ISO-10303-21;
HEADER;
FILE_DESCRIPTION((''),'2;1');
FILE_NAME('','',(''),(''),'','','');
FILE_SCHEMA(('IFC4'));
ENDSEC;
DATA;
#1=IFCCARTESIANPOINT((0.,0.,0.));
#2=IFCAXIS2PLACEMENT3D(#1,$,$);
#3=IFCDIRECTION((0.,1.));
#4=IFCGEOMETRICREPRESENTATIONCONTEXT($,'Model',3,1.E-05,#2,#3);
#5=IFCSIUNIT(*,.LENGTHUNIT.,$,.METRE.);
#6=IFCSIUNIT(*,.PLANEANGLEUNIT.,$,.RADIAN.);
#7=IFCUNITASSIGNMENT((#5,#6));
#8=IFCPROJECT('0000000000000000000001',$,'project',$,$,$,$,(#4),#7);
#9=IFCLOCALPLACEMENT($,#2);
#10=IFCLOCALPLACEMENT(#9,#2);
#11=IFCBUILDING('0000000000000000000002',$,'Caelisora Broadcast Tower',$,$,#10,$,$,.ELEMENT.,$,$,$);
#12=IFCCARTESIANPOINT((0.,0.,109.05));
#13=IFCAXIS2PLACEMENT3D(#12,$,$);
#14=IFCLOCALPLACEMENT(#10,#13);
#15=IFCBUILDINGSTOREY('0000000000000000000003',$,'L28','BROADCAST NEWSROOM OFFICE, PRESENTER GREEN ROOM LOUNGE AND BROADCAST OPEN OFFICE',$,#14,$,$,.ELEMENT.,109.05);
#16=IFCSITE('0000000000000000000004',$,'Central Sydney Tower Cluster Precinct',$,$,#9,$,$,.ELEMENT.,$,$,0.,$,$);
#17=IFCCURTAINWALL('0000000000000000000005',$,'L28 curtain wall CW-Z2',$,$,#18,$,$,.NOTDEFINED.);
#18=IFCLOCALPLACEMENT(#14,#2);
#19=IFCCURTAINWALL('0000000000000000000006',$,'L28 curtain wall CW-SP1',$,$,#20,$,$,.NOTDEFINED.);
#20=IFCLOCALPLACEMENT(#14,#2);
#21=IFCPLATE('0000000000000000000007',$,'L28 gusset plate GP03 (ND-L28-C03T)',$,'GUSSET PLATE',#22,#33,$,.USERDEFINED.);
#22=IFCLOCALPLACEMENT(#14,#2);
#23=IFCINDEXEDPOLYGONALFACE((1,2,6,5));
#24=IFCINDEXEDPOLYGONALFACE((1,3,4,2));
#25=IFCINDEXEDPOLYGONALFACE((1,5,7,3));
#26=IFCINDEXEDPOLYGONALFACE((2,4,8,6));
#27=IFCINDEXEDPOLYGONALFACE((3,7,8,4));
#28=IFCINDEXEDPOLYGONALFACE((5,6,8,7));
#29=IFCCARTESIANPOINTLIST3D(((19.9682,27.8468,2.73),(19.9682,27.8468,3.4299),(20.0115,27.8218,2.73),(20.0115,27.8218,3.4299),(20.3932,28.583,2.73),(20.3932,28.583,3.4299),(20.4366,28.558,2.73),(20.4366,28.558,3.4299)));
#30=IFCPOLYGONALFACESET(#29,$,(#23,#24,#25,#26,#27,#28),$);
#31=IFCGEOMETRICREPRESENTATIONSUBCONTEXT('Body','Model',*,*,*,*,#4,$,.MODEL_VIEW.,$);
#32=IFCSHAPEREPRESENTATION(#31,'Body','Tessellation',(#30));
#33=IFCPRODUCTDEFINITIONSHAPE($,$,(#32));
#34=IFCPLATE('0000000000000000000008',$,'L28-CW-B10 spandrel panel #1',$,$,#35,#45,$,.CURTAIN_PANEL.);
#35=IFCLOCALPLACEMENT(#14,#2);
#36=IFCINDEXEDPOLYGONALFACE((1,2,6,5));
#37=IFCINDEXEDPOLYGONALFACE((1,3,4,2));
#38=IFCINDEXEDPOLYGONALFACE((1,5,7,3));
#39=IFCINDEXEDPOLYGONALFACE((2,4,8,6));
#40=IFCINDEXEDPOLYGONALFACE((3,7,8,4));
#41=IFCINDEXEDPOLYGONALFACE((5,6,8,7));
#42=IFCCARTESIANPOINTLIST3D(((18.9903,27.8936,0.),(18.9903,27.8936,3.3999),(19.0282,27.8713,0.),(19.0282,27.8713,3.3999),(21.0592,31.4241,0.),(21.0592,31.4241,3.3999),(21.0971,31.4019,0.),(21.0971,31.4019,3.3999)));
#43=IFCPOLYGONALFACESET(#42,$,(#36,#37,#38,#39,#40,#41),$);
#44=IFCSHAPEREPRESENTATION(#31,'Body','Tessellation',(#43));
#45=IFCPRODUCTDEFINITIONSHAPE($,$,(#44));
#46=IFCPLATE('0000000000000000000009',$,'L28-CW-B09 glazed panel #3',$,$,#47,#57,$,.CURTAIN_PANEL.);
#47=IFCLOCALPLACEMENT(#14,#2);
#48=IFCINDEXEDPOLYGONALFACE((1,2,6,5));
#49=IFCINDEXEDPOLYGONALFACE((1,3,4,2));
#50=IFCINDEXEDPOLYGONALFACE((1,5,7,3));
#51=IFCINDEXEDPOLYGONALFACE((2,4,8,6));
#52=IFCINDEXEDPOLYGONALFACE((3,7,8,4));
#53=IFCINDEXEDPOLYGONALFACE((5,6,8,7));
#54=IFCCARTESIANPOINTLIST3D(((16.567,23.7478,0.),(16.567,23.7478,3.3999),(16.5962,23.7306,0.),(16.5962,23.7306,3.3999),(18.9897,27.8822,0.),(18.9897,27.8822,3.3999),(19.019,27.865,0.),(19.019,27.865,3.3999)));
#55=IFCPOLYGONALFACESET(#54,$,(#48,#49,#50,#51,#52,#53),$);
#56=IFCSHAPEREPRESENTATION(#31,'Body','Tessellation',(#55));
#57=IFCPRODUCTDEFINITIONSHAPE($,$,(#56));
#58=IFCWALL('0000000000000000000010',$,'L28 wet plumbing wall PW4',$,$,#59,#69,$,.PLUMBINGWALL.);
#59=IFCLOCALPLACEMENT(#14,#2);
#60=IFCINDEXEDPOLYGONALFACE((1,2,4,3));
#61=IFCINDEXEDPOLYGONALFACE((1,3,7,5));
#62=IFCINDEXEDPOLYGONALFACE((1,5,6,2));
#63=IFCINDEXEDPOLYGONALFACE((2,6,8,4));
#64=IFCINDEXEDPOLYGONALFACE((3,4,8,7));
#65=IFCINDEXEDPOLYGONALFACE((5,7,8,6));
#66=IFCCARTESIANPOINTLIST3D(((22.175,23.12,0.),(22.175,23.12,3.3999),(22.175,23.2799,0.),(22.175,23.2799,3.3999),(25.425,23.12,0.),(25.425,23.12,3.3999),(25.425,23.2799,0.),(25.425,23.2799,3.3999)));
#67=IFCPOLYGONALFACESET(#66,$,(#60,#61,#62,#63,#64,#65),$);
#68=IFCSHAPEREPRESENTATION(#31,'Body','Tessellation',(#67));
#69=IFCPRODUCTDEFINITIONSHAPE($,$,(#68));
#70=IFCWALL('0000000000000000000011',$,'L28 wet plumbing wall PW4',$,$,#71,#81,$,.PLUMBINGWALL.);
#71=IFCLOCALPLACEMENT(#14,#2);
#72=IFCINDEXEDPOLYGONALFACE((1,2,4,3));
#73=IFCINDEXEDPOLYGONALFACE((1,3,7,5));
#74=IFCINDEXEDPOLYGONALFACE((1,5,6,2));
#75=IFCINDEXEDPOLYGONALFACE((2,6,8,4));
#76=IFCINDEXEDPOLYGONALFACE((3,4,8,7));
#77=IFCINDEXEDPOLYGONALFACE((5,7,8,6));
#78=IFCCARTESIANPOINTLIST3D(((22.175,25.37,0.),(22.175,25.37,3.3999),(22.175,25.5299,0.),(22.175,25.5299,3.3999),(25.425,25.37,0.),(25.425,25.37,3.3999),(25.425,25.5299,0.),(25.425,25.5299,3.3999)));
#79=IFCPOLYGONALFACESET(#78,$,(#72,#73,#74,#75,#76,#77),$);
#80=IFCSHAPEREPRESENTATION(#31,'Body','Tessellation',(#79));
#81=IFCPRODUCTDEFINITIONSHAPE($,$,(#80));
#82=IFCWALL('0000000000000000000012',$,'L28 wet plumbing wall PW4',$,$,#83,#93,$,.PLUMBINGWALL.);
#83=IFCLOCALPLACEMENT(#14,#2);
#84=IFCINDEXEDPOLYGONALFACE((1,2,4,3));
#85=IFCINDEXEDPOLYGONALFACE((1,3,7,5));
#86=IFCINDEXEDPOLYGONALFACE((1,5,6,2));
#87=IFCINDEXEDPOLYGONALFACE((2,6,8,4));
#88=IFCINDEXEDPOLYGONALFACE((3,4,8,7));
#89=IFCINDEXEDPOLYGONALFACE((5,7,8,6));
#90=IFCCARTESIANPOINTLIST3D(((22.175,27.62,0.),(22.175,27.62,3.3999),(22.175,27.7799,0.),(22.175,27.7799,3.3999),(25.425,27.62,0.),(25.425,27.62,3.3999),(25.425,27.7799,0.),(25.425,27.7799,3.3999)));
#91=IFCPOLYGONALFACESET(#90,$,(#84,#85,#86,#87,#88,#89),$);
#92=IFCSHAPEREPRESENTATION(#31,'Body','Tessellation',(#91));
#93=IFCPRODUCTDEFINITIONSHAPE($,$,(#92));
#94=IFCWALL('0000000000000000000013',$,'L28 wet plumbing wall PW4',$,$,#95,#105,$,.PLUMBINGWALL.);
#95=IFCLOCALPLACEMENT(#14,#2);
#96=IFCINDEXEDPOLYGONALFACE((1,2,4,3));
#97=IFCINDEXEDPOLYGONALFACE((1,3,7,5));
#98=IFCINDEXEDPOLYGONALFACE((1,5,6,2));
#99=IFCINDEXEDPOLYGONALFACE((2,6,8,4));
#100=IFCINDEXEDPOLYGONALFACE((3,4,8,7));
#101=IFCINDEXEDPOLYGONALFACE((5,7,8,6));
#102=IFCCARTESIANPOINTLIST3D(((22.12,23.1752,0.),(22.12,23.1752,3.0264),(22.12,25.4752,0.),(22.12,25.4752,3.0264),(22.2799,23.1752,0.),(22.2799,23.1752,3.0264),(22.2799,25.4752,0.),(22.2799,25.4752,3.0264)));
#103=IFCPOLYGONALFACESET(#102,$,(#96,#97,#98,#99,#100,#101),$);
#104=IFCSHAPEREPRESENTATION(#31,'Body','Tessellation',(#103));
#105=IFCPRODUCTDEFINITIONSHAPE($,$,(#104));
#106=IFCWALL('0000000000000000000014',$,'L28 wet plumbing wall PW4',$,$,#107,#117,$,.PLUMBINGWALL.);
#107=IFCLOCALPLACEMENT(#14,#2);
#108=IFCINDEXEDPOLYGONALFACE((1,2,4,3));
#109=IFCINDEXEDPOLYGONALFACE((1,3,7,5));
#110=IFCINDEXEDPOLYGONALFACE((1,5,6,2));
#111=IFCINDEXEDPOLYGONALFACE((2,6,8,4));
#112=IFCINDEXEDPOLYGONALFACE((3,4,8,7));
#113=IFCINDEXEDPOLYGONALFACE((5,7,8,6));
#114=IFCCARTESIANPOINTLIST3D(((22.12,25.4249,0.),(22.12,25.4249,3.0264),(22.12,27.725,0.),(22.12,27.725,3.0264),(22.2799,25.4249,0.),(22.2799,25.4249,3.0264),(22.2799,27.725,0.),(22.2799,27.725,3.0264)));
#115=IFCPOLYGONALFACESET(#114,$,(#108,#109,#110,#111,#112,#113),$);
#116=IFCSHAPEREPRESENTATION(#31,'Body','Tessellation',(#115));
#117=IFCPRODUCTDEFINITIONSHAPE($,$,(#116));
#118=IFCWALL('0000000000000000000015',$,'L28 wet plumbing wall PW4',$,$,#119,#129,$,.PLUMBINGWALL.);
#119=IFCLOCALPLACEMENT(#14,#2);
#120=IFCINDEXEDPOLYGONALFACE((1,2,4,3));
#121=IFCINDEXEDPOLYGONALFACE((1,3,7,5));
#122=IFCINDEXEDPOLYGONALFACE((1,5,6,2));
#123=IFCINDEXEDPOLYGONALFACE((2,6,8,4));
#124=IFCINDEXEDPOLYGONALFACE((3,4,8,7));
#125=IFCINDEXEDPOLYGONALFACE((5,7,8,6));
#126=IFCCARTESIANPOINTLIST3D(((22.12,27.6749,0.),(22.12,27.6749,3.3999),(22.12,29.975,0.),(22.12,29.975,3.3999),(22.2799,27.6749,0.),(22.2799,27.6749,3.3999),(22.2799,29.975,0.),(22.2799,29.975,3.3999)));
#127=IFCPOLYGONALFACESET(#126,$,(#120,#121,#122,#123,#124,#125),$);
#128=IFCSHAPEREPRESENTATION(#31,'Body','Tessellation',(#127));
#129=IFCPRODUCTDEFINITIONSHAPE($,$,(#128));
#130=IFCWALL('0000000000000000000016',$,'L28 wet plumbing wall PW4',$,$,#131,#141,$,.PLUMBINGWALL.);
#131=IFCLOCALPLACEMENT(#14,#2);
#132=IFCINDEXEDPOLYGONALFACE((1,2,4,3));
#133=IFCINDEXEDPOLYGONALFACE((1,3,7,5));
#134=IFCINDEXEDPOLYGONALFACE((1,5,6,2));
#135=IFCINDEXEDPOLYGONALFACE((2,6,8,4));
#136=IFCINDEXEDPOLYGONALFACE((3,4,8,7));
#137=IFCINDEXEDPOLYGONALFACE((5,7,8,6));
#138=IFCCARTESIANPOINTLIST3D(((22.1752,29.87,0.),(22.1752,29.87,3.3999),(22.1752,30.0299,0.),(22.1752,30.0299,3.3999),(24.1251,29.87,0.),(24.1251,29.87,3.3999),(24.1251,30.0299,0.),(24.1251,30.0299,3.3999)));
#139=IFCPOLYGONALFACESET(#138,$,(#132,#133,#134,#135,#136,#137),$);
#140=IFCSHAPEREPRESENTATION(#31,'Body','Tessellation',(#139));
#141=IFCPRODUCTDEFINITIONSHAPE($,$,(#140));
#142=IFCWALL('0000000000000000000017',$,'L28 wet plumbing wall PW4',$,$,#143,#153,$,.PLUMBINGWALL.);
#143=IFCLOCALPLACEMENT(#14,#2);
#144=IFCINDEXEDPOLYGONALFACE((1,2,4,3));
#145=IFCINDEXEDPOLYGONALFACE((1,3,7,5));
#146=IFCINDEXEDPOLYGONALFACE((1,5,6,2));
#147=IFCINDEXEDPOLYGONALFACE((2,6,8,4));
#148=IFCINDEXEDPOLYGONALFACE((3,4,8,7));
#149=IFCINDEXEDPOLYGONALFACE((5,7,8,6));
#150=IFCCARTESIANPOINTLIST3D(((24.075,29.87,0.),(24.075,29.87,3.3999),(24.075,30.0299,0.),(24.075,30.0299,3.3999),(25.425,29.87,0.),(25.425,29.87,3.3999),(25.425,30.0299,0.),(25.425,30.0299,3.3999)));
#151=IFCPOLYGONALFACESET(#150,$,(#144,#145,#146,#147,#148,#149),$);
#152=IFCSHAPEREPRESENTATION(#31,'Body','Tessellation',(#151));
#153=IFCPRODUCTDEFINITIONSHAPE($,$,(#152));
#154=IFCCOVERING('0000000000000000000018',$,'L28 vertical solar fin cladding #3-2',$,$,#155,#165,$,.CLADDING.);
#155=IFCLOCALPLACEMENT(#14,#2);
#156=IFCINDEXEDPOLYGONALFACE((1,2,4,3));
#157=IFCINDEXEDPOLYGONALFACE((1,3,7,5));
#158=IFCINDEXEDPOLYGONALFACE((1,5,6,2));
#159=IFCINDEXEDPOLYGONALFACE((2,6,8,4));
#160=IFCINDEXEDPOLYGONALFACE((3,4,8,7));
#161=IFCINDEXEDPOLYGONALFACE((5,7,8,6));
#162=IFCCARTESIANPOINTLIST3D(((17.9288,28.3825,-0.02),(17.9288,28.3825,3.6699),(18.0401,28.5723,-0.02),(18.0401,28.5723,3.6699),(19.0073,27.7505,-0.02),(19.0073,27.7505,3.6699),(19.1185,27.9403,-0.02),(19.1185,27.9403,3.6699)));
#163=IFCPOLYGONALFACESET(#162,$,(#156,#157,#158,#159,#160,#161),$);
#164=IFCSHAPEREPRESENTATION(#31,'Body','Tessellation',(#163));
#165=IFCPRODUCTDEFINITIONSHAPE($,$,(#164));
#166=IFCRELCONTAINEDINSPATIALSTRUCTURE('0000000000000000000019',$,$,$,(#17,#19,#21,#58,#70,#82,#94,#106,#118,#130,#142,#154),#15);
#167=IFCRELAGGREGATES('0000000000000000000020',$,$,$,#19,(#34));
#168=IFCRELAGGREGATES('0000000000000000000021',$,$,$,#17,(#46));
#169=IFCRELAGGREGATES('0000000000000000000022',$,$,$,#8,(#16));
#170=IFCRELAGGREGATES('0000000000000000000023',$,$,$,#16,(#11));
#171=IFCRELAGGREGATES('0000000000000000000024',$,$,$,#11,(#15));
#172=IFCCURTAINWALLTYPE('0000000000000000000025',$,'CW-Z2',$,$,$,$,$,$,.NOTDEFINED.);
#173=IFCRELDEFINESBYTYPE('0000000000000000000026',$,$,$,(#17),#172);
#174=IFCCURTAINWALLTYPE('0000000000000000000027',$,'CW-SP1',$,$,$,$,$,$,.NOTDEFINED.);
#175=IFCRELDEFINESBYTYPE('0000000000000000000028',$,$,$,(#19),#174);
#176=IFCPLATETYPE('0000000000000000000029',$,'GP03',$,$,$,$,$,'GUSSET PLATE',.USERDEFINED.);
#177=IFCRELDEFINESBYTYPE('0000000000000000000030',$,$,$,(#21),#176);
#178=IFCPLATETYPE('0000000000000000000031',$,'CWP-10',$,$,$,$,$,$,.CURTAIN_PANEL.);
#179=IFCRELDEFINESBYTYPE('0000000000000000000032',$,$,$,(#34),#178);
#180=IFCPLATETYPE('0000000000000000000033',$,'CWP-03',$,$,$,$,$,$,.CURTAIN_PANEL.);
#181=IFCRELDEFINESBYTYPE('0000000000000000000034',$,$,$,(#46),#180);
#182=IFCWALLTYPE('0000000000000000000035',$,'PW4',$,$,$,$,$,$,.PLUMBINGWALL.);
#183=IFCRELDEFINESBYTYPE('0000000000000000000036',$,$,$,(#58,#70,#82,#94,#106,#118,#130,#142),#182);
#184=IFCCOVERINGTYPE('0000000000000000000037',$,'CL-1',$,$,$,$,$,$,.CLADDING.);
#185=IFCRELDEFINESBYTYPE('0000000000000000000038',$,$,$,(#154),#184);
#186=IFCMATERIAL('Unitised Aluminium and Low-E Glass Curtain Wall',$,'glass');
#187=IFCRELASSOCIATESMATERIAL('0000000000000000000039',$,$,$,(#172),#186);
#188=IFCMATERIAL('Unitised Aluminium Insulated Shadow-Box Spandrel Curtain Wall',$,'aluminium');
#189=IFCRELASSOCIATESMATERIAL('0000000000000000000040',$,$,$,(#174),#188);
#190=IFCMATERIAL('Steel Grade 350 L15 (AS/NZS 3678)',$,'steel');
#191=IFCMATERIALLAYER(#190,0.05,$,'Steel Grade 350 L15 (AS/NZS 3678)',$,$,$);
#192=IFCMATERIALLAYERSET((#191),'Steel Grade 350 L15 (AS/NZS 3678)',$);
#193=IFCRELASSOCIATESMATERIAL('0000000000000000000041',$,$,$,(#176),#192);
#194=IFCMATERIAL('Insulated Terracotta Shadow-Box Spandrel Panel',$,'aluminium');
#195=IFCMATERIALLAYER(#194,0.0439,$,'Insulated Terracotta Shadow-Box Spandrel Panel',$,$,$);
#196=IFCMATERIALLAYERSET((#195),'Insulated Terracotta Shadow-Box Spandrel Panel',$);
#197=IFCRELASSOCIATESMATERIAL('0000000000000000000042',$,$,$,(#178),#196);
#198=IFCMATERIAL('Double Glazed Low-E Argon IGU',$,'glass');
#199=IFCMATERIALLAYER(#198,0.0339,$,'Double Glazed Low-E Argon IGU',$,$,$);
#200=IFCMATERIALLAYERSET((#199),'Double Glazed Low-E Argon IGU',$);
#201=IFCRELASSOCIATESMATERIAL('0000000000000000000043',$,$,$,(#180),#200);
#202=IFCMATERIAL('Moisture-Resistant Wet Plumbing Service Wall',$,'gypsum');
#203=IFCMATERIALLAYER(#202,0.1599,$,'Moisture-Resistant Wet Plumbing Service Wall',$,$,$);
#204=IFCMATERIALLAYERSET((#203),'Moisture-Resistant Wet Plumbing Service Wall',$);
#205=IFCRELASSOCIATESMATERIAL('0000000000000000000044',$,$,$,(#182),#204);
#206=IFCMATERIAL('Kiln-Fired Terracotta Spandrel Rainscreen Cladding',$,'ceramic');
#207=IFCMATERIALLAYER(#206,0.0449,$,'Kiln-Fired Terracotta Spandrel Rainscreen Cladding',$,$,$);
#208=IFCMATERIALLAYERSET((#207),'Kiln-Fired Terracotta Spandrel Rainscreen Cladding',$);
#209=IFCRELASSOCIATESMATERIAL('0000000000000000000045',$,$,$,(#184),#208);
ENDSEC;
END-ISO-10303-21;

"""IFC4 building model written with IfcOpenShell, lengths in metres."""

from ifc_helpers import new_model, si_unit, direction, frame, frame_2d, origin, origin_2d, place, context, subcontext, project, spatial, rectangle, extrude, source, transform, mapped, material, layer, layer_set, type_object, type_shapes, element, aggregate, save


model = new_model("IFC4")

# Units and contexts
model_context = context("Model", 3, precision=1e-05, world=origin(), true_north=direction((0.0, 1.0)))
body_context = subcontext(model_context, "Body", "Model", "MODEL_VIEW")
ifc_project = project(units=[si_unit("LENGTHUNIT", "METRE"), si_unit("PLANEANGLEUNIT", "RADIAN")], contexts=[model_context])

# Site, building, storey
site_placement = place(None, origin())
site = spatial("IfcSite", under=ifc_project, at=site_placement, Name="Central Sydney Tower Cluster Precinct", CompositionType="ELEMENT", RefElevation=0.0)
building_placement = place(site_placement, origin())
building = spatial("IfcBuilding", under=site, at=building_placement, Name="Caelisora Broadcast Tower", CompositionType="ELEMENT")
storey_placement = place(building_placement, frame((0.0, 0.0, 109.05)))
storey = spatial("IfcBuildingStorey", under=building, at=storey_placement, Name="L28", Description="BROADCAST NEWSROOM OFFICE, PRESENTER GREEN ROOM LOUNGE AND BROADCAST OPEN OFFICE", CompositionType="ELEMENT", Elevation=109.05)

# Shared definitions
ifc_material_1 = material(Name="Steel Grade 350 L15 (AS/NZS 3678)", Category="steel")

# Curtain walls
ifc_material_2 = material(Name="Unitised Aluminium and Low-E Glass Curtain Wall", Category="glass")
curtain_wall_type_1 = type_object("IfcCurtainWallType", Name="CW-Z2", PredefinedType="NOTDEFINED", material=ifc_material_2)
curtain_wall_1_placement = place(storey_placement, origin())
curtain_wall_1 = element("IfcCurtainWall", 1, at=curtain_wall_1_placement, inside=storey, type_object=curtain_wall_type_1, Name="L28 curtain wall CW-Z2", PredefinedType="NOTDEFINED")
ifc_material_3 = material(Name="Unitised Aluminium Insulated Shadow-Box Spandrel Curtain Wall", Category="aluminium")
curtain_wall_type_2 = type_object("IfcCurtainWallType", Name="CW-SP1", PredefinedType="NOTDEFINED", material=ifc_material_3)
curtain_wall_2_placement = place(storey_placement, origin())
curtain_wall_2 = element("IfcCurtainWall", 2, at=curtain_wall_2_placement, inside=storey, type_object=curtain_wall_type_2, Name="L28 curtain wall CW-SP1", PredefinedType="NOTDEFINED")

# Plates
ifc_layer_1 = layer(ifc_material_1, 0.05, Name="Steel Grade 350 L15 (AS/NZS 3678)")
ifc_layer_set_1 = layer_set([ifc_layer_1], Name="Steel Grade 350 L15 (AS/NZS 3678)")
plate_type_1 = type_object("IfcPlateType", Name="GP03", ElementType="GUSSET PLATE", PredefinedType="USERDEFINED", material=ifc_layer_set_1)
shared_shape_1 = source(origin(), body_context, "Body", "SweptSolid", [
    extrude(rectangle(XDim=0.8501, YDim=0.05, at=origin_2d()), origin(), (0.0, 0.0, 1.0), 0.7),
])
type_shapes(plate_type_1, [shared_shape_1])
plate_1_placement = place(storey_placement, frame((20.2024, 28.2024, 2.73), z_axis=(0.0, 0.0, 1.0), x_axis=(-0.5, -0.866025, 0.0)))
element("IfcPlate", 3, at=plate_1_placement, inside=storey, type_object=plate_type_1, Name="L28 gusset plate GP03 (ND-L28-C03T)", ObjectType="GUSSET PLATE", PredefinedType="USERDEFINED", context=body_context, shape_type="MappedRepresentation", body=[
    mapped(shared_shape_1, transform((0.0, 0.0, 0.0), scale=1.0)),
])
ifc_material_4 = material(Name="Insulated Terracotta Shadow-Box Spandrel Panel", Category="aluminium")
ifc_layer_2 = layer(ifc_material_4, 0.0439, Name="Insulated Terracotta Shadow-Box Spandrel Panel")
ifc_layer_set_2 = layer_set([ifc_layer_2], Name="Insulated Terracotta Shadow-Box Spandrel Panel")
plate_type_2 = type_object("IfcPlateType", Name="CWP-10", PredefinedType="CURTAIN_PANEL", material=ifc_layer_set_2)
shared_shape_2 = source(origin(), body_context, "Body", "SweptSolid", [
    extrude(rectangle(XDim=4.092, YDim=0.0439, at=origin_2d()), origin(), (0.0, 0.0, 1.0), 3.3999),
])
type_shapes(plate_type_2, [shared_shape_2])
plate_2_placement = place(storey_placement, frame((20.0437, 29.6477, 0.0), z_axis=(0.0, 0.0, 1.0), x_axis=(0.505582, 0.862779, 0.0)))
plate_2 = element("IfcPlate", 4, at=plate_2_placement, type_object=plate_type_2, Name="L28-CW-B10 spandrel panel #1", PredefinedType="CURTAIN_PANEL", context=body_context, shape_type="MappedRepresentation", body=[
    mapped(shared_shape_2, transform((0.0, 0.0, 0.0), scale=1.0)),
])
aggregate(curtain_wall_2, [plate_2])
ifc_material_5 = material(Name="Double Glazed Low-E Argon IGU", Category="glass")
ifc_layer_3 = layer(ifc_material_5, 0.0339, Name="Double Glazed Low-E Argon IGU")
ifc_layer_set_3 = layer_set([ifc_layer_3], Name="Double Glazed Low-E Argon IGU")
plate_type_3 = type_object("IfcPlateType", Name="CWP-03", PredefinedType="CURTAIN_PANEL", material=ifc_layer_set_3)
shared_shape_3 = source(origin(), body_context, "Body", "SweptSolid", [
    extrude(rectangle(XDim=4.792, YDim=0.0339, at=origin_2d()), origin(), (0.0, 0.0, 1.0), 3.3999),
])
type_shapes(plate_type_3, [shared_shape_3])
plate_3_placement = place(storey_placement, frame((17.793, 25.8064, 0.0), z_axis=(0.0, 0.0, 1.0), x_axis=(0.505582, 0.862779, 0.0)))
plate_3 = element("IfcPlate", 5, at=plate_3_placement, type_object=plate_type_3, Name="L28-CW-B09 glazed panel #3", PredefinedType="CURTAIN_PANEL", context=body_context, shape_type="MappedRepresentation", body=[
    mapped(shared_shape_3, transform((0.0, 0.0, 0.0), scale=1.0)),
])
aggregate(curtain_wall_1, [plate_3])

# Walls
ifc_material_6 = material(Name="Moisture-Resistant Wet Plumbing Service Wall", Category="gypsum")
ifc_layer_4 = layer(ifc_material_6, 0.1599, Name="Moisture-Resistant Wet Plumbing Service Wall")
ifc_layer_set_4 = layer_set([ifc_layer_4], Name="Moisture-Resistant Wet Plumbing Service Wall")
wall_type = type_object("IfcWallType", Name="PW4", PredefinedType="PLUMBINGWALL", material=ifc_layer_set_4)
for number, where, z_axis, x_axis, name in (
    (6, (22.175, 23.2, 0.0), (0.0, 0.0, 1.0), (1.0, 0.0, 0.0), "L28 wet plumbing wall PW4"),
    (7, (22.175, 25.45, 0.0), (0.0, 0.0, 1.0), (1.0, 0.0, 0.0), "L28 wet plumbing wall PW4"),
    (8, (22.175, 27.7, 0.0), (0.0, 0.0, 1.0), (1.0, 0.0, 0.0), "L28 wet plumbing wall PW4"),
):
    element("IfcWall", number, at=place(storey_placement, frame(where, z_axis=z_axis, x_axis=x_axis)), inside=storey, type_object=wall_type, Name=name, PredefinedType="PLUMBINGWALL", context=body_context, shape_type="SweptSolid", body=[
        extrude(rectangle(XDim=3.25, YDim=0.1599, at=frame_2d((1.625, 0.0))), origin(), (0.0, 0.0, 1.0), 3.3999),
    ])
for number, where, z_axis, x_axis, name in (
    (9, (22.2, 25.4751, 0.0), (0.0, 0.0, 1.0), (0.0, -1.0, 0.0), "L28 wet plumbing wall PW4"),
    (10, (22.2, 25.425, 0.0), (0.0, 0.0, 1.0), (0.0, 1.0, 0.0), "L28 wet plumbing wall PW4"),
):
    element("IfcWall", number, at=place(storey_placement, frame(where, z_axis=z_axis, x_axis=x_axis)), inside=storey, type_object=wall_type, Name=name, PredefinedType="PLUMBINGWALL", context=body_context, shape_type="SweptSolid", body=[
        extrude(rectangle(XDim=2.3, YDim=0.1599, at=frame_2d((1.1499, 0.0))), origin(), (0.0, 0.0, 1.0), 3.0264),
    ])
wall_1_placement = place(storey_placement, frame((22.2, 27.675, 0.0), z_axis=(0.0, 0.0, 1.0), x_axis=(0.0, 1.0, 0.0)))
element("IfcWall", 11, at=wall_1_placement, inside=storey, type_object=wall_type, Name="L28 wet plumbing wall PW4", PredefinedType="PLUMBINGWALL", context=body_context, shape_type="SweptSolid", body=[
    extrude(rectangle(XDim=2.3, YDim=0.1599, at=frame_2d((1.1499, 0.0))), origin(), (0.0, 0.0, 1.0), 3.3999),
])
wall_2_placement = place(storey_placement, frame((22.175, 29.95, 0.0), z_axis=(0.0, 0.0, 1.0), x_axis=(1.0, 0.0, 0.0)))
element("IfcWall", 12, at=wall_2_placement, inside=storey, type_object=wall_type, Name="L28 wet plumbing wall PW4", PredefinedType="PLUMBINGWALL", context=body_context, shape_type="SweptSolid", body=[
    extrude(rectangle(XDim=1.95, YDim=0.1599, at=frame_2d((0.9751, 0.0))), origin(), (0.0, 0.0, 1.0), 3.3999),
])
wall_3_placement = place(storey_placement, frame((24.075, 29.95, 0.0), z_axis=(0.0, 0.0, 1.0), x_axis=(1.0, 0.0, 0.0)))
element("IfcWall", 13, at=wall_3_placement, inside=storey, type_object=wall_type, Name="L28 wet plumbing wall PW4", PredefinedType="PLUMBINGWALL", context=body_context, shape_type="SweptSolid", body=[
    extrude(rectangle(XDim=1.3501, YDim=0.1599, at=frame_2d((0.675, 0.0))), origin(), (0.0, 0.0, 1.0), 3.3999),
])

# Covering
ifc_material_7 = material(Name="Kiln-Fired Terracotta Spandrel Rainscreen Cladding", Category="ceramic")
ifc_layer_5 = layer(ifc_material_7, 0.0449, Name="Kiln-Fired Terracotta Spandrel Rainscreen Cladding")
ifc_layer_set_5 = layer_set([ifc_layer_5], Name="Kiln-Fired Terracotta Spandrel Rainscreen Cladding")
covering_type = type_object("IfcCoveringType", Name="CL-1", PredefinedType="CLADDING", material=ifc_layer_set_5)
shared_shape_4 = source(origin(), body_context, "Body", "SweptSolid", [
    extrude(rectangle(XDim=0.22, YDim=1.25, at=origin_2d()), origin(), (0.0, 0.0, 1.0), 3.6899),
])
type_shapes(covering_type, [shared_shape_4])
covering_placement = place(storey_placement, frame((18.5237, 28.1614, -0.02), z_axis=(0.0, 0.0, 1.0), x_axis=(0.505582, 0.862779, 0.0)))
element("IfcCovering", 14, at=covering_placement, inside=storey, type_object=covering_type, Name="L28 vertical solar fin cladding #3-2", PredefinedType="CLADDING", context=body_context, shape_type="MappedRepresentation", body=[
    mapped(shared_shape_4, transform((0.0, 0.0, 0.0), scale=1.0)),
])

save(model, "model.ifc")
